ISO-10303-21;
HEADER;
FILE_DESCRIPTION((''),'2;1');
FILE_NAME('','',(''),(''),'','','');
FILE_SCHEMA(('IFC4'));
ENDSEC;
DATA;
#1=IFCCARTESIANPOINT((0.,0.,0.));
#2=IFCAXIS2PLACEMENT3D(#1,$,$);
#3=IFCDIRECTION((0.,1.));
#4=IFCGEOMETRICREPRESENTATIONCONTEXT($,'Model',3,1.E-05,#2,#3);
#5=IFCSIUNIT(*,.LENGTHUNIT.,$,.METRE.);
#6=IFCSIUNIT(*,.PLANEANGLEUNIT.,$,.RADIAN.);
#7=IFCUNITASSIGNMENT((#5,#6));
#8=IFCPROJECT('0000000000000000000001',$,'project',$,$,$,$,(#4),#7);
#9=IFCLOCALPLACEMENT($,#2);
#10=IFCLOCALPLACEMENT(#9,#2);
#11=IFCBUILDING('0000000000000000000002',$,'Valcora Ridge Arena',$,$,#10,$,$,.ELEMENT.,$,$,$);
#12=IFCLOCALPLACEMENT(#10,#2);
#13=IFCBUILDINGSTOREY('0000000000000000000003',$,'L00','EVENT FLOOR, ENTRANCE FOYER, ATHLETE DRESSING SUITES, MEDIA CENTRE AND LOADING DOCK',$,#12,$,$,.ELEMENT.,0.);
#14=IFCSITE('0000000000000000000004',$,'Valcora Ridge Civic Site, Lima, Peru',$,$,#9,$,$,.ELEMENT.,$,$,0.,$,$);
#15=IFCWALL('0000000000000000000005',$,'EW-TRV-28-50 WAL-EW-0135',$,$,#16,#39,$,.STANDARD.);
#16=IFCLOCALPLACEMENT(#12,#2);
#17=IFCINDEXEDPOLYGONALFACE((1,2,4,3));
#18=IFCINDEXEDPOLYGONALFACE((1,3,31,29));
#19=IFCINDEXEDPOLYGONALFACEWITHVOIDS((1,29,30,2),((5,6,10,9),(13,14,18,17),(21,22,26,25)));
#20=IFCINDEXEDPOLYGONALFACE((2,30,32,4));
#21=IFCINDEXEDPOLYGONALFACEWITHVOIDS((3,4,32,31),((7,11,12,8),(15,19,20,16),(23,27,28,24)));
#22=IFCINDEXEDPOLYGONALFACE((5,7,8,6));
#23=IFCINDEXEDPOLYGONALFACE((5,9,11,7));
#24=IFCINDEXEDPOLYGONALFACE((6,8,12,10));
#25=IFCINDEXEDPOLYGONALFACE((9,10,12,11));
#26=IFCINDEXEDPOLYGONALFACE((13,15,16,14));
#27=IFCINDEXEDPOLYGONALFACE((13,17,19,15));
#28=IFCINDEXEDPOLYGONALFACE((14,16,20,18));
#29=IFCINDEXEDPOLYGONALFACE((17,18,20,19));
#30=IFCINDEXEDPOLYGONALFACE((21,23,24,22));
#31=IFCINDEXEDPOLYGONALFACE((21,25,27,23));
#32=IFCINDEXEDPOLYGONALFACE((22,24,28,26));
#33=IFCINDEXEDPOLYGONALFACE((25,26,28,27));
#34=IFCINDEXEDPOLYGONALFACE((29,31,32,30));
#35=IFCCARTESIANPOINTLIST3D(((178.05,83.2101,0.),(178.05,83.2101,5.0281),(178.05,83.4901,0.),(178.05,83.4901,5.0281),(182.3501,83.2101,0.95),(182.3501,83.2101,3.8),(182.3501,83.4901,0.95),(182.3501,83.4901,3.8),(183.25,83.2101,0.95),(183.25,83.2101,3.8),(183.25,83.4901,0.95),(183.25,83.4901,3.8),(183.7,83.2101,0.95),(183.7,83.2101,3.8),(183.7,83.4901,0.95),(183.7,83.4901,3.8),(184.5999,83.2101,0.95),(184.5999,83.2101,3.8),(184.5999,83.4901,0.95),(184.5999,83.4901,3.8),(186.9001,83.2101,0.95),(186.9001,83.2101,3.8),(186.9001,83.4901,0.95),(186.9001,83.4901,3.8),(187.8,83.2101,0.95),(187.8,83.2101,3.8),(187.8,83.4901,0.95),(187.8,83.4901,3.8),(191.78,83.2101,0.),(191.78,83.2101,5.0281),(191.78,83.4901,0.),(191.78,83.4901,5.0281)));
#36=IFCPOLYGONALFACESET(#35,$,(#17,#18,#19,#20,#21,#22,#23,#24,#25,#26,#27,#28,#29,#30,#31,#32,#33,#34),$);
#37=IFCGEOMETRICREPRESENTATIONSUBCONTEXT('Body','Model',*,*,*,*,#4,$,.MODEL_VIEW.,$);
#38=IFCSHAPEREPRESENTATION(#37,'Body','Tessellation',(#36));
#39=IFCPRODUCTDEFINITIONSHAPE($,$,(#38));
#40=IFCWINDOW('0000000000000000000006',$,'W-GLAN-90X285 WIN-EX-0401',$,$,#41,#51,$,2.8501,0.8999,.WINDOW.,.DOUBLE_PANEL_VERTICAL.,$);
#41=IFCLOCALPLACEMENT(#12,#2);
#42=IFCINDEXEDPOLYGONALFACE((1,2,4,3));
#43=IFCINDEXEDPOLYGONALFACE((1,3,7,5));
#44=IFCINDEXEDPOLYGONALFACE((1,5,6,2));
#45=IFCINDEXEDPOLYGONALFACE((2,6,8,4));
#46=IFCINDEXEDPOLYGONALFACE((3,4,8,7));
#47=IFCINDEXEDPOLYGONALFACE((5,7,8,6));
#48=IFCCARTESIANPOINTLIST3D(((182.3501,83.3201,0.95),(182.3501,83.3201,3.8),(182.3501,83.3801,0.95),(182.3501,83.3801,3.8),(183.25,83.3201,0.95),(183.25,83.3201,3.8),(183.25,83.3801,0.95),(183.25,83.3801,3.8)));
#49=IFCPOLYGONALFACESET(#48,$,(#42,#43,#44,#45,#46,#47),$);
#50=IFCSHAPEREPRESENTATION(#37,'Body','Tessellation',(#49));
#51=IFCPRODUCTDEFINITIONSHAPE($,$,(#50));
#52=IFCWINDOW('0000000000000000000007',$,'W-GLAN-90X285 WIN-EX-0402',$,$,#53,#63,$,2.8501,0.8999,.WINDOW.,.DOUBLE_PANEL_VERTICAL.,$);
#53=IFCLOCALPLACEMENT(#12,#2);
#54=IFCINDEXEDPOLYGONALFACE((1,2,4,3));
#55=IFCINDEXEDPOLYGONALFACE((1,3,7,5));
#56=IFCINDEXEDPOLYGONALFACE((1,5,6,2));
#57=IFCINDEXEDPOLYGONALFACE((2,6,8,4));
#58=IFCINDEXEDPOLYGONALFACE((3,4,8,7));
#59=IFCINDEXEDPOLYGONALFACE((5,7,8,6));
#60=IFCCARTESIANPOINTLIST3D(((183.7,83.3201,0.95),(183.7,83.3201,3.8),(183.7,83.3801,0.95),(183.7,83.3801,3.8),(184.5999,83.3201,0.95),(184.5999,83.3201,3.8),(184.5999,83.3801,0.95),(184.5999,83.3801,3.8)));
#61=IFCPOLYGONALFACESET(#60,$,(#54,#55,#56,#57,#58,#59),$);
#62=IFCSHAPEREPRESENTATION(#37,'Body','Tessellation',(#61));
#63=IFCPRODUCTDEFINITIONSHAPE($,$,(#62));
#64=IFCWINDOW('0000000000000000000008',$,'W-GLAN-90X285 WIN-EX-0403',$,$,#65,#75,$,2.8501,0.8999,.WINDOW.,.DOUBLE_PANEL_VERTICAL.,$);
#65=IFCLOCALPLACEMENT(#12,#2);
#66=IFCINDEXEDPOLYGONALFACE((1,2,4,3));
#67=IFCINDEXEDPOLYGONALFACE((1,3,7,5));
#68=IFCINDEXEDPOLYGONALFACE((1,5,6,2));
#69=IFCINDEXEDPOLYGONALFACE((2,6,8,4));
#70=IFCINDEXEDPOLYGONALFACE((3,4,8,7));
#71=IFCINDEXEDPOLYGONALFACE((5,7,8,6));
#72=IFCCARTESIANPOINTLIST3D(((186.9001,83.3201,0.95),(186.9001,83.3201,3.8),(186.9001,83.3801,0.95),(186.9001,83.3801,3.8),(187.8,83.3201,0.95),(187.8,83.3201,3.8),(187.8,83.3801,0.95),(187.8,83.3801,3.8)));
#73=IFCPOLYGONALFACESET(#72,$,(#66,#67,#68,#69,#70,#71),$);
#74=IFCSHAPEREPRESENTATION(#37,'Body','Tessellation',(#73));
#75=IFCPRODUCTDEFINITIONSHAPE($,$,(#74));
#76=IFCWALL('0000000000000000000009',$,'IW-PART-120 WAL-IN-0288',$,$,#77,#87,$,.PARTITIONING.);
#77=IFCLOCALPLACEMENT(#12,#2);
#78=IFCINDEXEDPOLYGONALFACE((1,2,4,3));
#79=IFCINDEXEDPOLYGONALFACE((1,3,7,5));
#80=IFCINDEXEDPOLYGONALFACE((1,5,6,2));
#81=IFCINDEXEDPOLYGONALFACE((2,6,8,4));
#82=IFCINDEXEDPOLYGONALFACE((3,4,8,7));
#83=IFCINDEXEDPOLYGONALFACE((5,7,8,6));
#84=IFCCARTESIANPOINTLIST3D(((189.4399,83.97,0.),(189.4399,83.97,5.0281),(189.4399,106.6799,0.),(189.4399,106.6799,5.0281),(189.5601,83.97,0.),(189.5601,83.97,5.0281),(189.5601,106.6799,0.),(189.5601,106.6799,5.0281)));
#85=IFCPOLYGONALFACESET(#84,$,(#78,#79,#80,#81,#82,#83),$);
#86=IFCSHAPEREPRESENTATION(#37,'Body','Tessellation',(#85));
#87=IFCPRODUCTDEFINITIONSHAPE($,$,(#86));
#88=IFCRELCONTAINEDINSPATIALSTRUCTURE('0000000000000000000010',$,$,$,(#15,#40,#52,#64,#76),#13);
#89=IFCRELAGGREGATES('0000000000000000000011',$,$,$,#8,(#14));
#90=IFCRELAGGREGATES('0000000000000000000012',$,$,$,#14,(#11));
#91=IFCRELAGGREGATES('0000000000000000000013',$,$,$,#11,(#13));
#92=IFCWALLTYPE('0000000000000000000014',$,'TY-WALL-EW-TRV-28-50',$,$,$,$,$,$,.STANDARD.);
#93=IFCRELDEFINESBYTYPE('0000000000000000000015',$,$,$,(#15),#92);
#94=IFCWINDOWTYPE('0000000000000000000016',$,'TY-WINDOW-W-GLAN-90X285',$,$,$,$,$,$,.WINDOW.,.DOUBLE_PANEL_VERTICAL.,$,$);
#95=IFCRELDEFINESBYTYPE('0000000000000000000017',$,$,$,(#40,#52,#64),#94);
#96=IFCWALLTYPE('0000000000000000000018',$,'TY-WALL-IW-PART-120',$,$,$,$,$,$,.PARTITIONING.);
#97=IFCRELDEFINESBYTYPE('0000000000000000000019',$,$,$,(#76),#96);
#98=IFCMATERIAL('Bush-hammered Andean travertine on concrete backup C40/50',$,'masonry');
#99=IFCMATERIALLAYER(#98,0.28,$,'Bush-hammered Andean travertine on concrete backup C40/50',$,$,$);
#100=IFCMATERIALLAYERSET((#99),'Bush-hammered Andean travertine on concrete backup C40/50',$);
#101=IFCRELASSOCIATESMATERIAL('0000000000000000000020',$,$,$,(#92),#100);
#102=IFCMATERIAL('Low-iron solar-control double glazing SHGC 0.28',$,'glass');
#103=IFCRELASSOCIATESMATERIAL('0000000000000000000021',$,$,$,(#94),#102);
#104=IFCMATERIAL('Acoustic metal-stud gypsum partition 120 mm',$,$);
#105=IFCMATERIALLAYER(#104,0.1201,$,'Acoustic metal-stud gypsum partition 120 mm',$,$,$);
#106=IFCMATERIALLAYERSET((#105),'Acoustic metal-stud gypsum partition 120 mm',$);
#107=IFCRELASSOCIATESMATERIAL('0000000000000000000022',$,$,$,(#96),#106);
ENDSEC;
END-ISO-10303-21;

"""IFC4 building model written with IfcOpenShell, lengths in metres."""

from ifc_helpers import new_model, si_unit, direction, frame, frame_2d, origin, place, context, subcontext, project, spatial, rectangle, extrude, material, layer, layer_set, type_object, element, fill, save


model = new_model("IFC4")

# Units and contexts
model_context = context("Model", 3, precision=1e-05, world=origin(), true_north=direction((0.0, 1.0)))
body_context = subcontext(model_context, "Body", "Model", "MODEL_VIEW")
ifc_project = project(units=[si_unit("LENGTHUNIT", "METRE"), si_unit("PLANEANGLEUNIT", "RADIAN")], contexts=[model_context])

# Site, building, storey
site_placement = place(None, origin())
site = spatial("IfcSite", under=ifc_project, at=site_placement, Name="Valcora Ridge Civic Site, Lima, Peru", CompositionType="ELEMENT", RefElevation=0.0)
building_placement = place(site_placement, origin())
building = spatial("IfcBuilding", under=site, at=building_placement, Name="Valcora Ridge Arena", CompositionType="ELEMENT")
storey_placement = place(building_placement, origin())
storey = spatial("IfcBuildingStorey", under=building, at=storey_placement, Name="L00", Description="EVENT FLOOR, ENTRANCE FOYER, ATHLETE DRESSING SUITES, MEDIA CENTRE AND LOADING DOCK", CompositionType="ELEMENT", Elevation=0.0)

# Wall, openings, windows
ifc_material_1 = material(Name="Bush-hammered Andean travertine on concrete backup C40/50", Category="masonry")
ifc_layer_1 = layer(ifc_material_1, 0.28, Name="Bush-hammered Andean travertine on concrete backup C40/50")
ifc_layer_set_1 = layer_set([ifc_layer_1], Name="Bush-hammered Andean travertine on concrete backup C40/50")
wall_type_1 = type_object("IfcWallType", Name="TY-WALL-EW-TRV-28-50", PredefinedType="STANDARD", material=ifc_layer_set_1)
ifc_material_2 = material(Name="Low-iron solar-control double glazing SHGC 0.28", Category="glass")
window_type = type_object("IfcWindowType", Name="TY-WINDOW-W-GLAN-90X285", PartitioningType="DOUBLE_PANEL_VERTICAL", PredefinedType="WINDOW", material=ifc_material_2)
wall_1_placement = place(storey_placement, frame((178.05, 83.3501, 0.0), z_axis=(0.0, 0.0, 1.0), x_axis=(1.0, 0.0, 0.0)))
wall_1 = element("IfcWall", 1, at=wall_1_placement, inside=storey, type_object=wall_type_1, Name="EW-TRV-28-50 WAL-EW-0135", PredefinedType="STANDARD", context=body_context, shape_type="SweptSolid", body=[
    extrude(rectangle(XDim=13.73, YDim=0.28, at=frame_2d((6.865, 0.0))), origin(), (0.0, 0.0, 1.0), 5.0281),
])
opening_1_placement = place(wall_1_placement, frame((4.3, 0.0, 0.95)))
opening_1 = element("IfcOpeningElement", 2, at=opening_1_placement, cuts=wall_1, PredefinedType="OPENING", context=body_context, shape_type="SweptSolid", body=[
    extrude(rectangle(XDim=0.8999, YDim=2.8501, at=frame_2d((0.45, 1.425))), frame((0.0, 0.1499, 0.0), z_axis=(0.0, -1.0, 0.0), x_axis=(1.0, 0.0, 0.0)), (0.0, 0.0, 1.0), 0.3),
])
opening_2_placement = place(wall_1_placement, frame((5.6499, 0.0, 0.95)))
opening_2 = element("IfcOpeningElement", 3, at=opening_2_placement, cuts=wall_1, PredefinedType="OPENING", context=body_context, shape_type="SweptSolid", body=[
    extrude(rectangle(XDim=0.8999, YDim=2.8501, at=frame_2d((0.45, 1.425))), frame((0.0, 0.1499, 0.0), z_axis=(0.0, -1.0, 0.0), x_axis=(1.0, 0.0, 0.0)), (0.0, 0.0, 1.0), 0.3),
])
opening_3_placement = place(wall_1_placement, frame((8.8501, 0.0, 0.95)))
opening_3 = element("IfcOpeningElement", 4, at=opening_3_placement, cuts=wall_1, PredefinedType="OPENING", context=body_context, shape_type="SweptSolid", body=[
    extrude(rectangle(XDim=0.8999, YDim=2.8501, at=frame_2d((0.45, 1.425))), frame((0.0, 0.1499, 0.0), z_axis=(0.0, -1.0, 0.0), x_axis=(1.0, 0.0, 0.0)), (0.0, 0.0, 1.0), 0.3),
])
window_1_placement = place(opening_1_placement, origin())
window_1 = element("IfcWindow", 5, at=window_1_placement, inside=storey, type_object=window_type, Name="W-GLAN-90X285 WIN-EX-0401", OverallHeight=2.8501, OverallWidth=0.8999, PartitioningType="DOUBLE_PANEL_VERTICAL", PredefinedType="WINDOW", context=body_context, shape_type="SweptSolid", body=[
    extrude(rectangle(XDim=0.8999, YDim=2.8501, at=frame_2d((0.45, 1.425))), frame((0.0, 0.03, 0.0), z_axis=(0.0, -1.0, 0.0), x_axis=(1.0, 0.0, 0.0)), (0.0, 0.0, 1.0), 0.0601),
])
fill(opening_1, window_1)
window_2_placement = place(opening_2_placement, origin())
window_2 = element("IfcWindow", 6, at=window_2_placement, inside=storey, type_object=window_type, Name="W-GLAN-90X285 WIN-EX-0402", OverallHeight=2.8501, OverallWidth=0.8999, PartitioningType="DOUBLE_PANEL_VERTICAL", PredefinedType="WINDOW", context=body_context, shape_type="SweptSolid", body=[
    extrude(rectangle(XDim=0.8999, YDim=2.8501, at=frame_2d((0.45, 1.425))), frame((0.0, 0.03, 0.0), z_axis=(0.0, -1.0, 0.0), x_axis=(1.0, 0.0, 0.0)), (0.0, 0.0, 1.0), 0.0601),
])
fill(opening_2, window_2)
window_3_placement = place(opening_3_placement, origin())
window_3 = element("IfcWindow", 7, at=window_3_placement, inside=storey, type_object=window_type, Name="W-GLAN-90X285 WIN-EX-0403", OverallHeight=2.8501, OverallWidth=0.8999, PartitioningType="DOUBLE_PANEL_VERTICAL", PredefinedType="WINDOW", context=body_context, shape_type="SweptSolid", body=[
    extrude(rectangle(XDim=0.8999, YDim=2.8501, at=frame_2d((0.45, 1.425))), frame((0.0, 0.03, 0.0), z_axis=(0.0, -1.0, 0.0), x_axis=(1.0, 0.0, 0.0)), (0.0, 0.0, 1.0), 0.0601),
])
fill(opening_3, window_3)

# Wall
ifc_material_3 = material(Name="Acoustic metal-stud gypsum partition 120 mm")
ifc_layer_2 = layer(ifc_material_3, 0.1201, Name="Acoustic metal-stud gypsum partition 120 mm")
ifc_layer_set_2 = layer_set([ifc_layer_2], Name="Acoustic metal-stud gypsum partition 120 mm")
wall_type_2 = type_object("IfcWallType", Name="TY-WALL-IW-PART-120", PredefinedType="PARTITIONING", material=ifc_layer_set_2)
wall_2_placement = place(storey_placement, frame((189.5, 83.97, 0.0), z_axis=(0.0, 0.0, 1.0), x_axis=(0.0, 1.0, 0.0)))
element("IfcWall", 8, at=wall_2_placement, inside=storey, type_object=wall_type_2, Name="IW-PART-120 WAL-IN-0288", PredefinedType="PARTITIONING", context=body_context, shape_type="SweptSolid", body=[
    extrude(rectangle(XDim=22.71, YDim=0.1201, at=frame_2d((11.355, 0.0))), origin(), (0.0, 0.0, 1.0), 5.0281),
])

save(model, "model.ifc")
